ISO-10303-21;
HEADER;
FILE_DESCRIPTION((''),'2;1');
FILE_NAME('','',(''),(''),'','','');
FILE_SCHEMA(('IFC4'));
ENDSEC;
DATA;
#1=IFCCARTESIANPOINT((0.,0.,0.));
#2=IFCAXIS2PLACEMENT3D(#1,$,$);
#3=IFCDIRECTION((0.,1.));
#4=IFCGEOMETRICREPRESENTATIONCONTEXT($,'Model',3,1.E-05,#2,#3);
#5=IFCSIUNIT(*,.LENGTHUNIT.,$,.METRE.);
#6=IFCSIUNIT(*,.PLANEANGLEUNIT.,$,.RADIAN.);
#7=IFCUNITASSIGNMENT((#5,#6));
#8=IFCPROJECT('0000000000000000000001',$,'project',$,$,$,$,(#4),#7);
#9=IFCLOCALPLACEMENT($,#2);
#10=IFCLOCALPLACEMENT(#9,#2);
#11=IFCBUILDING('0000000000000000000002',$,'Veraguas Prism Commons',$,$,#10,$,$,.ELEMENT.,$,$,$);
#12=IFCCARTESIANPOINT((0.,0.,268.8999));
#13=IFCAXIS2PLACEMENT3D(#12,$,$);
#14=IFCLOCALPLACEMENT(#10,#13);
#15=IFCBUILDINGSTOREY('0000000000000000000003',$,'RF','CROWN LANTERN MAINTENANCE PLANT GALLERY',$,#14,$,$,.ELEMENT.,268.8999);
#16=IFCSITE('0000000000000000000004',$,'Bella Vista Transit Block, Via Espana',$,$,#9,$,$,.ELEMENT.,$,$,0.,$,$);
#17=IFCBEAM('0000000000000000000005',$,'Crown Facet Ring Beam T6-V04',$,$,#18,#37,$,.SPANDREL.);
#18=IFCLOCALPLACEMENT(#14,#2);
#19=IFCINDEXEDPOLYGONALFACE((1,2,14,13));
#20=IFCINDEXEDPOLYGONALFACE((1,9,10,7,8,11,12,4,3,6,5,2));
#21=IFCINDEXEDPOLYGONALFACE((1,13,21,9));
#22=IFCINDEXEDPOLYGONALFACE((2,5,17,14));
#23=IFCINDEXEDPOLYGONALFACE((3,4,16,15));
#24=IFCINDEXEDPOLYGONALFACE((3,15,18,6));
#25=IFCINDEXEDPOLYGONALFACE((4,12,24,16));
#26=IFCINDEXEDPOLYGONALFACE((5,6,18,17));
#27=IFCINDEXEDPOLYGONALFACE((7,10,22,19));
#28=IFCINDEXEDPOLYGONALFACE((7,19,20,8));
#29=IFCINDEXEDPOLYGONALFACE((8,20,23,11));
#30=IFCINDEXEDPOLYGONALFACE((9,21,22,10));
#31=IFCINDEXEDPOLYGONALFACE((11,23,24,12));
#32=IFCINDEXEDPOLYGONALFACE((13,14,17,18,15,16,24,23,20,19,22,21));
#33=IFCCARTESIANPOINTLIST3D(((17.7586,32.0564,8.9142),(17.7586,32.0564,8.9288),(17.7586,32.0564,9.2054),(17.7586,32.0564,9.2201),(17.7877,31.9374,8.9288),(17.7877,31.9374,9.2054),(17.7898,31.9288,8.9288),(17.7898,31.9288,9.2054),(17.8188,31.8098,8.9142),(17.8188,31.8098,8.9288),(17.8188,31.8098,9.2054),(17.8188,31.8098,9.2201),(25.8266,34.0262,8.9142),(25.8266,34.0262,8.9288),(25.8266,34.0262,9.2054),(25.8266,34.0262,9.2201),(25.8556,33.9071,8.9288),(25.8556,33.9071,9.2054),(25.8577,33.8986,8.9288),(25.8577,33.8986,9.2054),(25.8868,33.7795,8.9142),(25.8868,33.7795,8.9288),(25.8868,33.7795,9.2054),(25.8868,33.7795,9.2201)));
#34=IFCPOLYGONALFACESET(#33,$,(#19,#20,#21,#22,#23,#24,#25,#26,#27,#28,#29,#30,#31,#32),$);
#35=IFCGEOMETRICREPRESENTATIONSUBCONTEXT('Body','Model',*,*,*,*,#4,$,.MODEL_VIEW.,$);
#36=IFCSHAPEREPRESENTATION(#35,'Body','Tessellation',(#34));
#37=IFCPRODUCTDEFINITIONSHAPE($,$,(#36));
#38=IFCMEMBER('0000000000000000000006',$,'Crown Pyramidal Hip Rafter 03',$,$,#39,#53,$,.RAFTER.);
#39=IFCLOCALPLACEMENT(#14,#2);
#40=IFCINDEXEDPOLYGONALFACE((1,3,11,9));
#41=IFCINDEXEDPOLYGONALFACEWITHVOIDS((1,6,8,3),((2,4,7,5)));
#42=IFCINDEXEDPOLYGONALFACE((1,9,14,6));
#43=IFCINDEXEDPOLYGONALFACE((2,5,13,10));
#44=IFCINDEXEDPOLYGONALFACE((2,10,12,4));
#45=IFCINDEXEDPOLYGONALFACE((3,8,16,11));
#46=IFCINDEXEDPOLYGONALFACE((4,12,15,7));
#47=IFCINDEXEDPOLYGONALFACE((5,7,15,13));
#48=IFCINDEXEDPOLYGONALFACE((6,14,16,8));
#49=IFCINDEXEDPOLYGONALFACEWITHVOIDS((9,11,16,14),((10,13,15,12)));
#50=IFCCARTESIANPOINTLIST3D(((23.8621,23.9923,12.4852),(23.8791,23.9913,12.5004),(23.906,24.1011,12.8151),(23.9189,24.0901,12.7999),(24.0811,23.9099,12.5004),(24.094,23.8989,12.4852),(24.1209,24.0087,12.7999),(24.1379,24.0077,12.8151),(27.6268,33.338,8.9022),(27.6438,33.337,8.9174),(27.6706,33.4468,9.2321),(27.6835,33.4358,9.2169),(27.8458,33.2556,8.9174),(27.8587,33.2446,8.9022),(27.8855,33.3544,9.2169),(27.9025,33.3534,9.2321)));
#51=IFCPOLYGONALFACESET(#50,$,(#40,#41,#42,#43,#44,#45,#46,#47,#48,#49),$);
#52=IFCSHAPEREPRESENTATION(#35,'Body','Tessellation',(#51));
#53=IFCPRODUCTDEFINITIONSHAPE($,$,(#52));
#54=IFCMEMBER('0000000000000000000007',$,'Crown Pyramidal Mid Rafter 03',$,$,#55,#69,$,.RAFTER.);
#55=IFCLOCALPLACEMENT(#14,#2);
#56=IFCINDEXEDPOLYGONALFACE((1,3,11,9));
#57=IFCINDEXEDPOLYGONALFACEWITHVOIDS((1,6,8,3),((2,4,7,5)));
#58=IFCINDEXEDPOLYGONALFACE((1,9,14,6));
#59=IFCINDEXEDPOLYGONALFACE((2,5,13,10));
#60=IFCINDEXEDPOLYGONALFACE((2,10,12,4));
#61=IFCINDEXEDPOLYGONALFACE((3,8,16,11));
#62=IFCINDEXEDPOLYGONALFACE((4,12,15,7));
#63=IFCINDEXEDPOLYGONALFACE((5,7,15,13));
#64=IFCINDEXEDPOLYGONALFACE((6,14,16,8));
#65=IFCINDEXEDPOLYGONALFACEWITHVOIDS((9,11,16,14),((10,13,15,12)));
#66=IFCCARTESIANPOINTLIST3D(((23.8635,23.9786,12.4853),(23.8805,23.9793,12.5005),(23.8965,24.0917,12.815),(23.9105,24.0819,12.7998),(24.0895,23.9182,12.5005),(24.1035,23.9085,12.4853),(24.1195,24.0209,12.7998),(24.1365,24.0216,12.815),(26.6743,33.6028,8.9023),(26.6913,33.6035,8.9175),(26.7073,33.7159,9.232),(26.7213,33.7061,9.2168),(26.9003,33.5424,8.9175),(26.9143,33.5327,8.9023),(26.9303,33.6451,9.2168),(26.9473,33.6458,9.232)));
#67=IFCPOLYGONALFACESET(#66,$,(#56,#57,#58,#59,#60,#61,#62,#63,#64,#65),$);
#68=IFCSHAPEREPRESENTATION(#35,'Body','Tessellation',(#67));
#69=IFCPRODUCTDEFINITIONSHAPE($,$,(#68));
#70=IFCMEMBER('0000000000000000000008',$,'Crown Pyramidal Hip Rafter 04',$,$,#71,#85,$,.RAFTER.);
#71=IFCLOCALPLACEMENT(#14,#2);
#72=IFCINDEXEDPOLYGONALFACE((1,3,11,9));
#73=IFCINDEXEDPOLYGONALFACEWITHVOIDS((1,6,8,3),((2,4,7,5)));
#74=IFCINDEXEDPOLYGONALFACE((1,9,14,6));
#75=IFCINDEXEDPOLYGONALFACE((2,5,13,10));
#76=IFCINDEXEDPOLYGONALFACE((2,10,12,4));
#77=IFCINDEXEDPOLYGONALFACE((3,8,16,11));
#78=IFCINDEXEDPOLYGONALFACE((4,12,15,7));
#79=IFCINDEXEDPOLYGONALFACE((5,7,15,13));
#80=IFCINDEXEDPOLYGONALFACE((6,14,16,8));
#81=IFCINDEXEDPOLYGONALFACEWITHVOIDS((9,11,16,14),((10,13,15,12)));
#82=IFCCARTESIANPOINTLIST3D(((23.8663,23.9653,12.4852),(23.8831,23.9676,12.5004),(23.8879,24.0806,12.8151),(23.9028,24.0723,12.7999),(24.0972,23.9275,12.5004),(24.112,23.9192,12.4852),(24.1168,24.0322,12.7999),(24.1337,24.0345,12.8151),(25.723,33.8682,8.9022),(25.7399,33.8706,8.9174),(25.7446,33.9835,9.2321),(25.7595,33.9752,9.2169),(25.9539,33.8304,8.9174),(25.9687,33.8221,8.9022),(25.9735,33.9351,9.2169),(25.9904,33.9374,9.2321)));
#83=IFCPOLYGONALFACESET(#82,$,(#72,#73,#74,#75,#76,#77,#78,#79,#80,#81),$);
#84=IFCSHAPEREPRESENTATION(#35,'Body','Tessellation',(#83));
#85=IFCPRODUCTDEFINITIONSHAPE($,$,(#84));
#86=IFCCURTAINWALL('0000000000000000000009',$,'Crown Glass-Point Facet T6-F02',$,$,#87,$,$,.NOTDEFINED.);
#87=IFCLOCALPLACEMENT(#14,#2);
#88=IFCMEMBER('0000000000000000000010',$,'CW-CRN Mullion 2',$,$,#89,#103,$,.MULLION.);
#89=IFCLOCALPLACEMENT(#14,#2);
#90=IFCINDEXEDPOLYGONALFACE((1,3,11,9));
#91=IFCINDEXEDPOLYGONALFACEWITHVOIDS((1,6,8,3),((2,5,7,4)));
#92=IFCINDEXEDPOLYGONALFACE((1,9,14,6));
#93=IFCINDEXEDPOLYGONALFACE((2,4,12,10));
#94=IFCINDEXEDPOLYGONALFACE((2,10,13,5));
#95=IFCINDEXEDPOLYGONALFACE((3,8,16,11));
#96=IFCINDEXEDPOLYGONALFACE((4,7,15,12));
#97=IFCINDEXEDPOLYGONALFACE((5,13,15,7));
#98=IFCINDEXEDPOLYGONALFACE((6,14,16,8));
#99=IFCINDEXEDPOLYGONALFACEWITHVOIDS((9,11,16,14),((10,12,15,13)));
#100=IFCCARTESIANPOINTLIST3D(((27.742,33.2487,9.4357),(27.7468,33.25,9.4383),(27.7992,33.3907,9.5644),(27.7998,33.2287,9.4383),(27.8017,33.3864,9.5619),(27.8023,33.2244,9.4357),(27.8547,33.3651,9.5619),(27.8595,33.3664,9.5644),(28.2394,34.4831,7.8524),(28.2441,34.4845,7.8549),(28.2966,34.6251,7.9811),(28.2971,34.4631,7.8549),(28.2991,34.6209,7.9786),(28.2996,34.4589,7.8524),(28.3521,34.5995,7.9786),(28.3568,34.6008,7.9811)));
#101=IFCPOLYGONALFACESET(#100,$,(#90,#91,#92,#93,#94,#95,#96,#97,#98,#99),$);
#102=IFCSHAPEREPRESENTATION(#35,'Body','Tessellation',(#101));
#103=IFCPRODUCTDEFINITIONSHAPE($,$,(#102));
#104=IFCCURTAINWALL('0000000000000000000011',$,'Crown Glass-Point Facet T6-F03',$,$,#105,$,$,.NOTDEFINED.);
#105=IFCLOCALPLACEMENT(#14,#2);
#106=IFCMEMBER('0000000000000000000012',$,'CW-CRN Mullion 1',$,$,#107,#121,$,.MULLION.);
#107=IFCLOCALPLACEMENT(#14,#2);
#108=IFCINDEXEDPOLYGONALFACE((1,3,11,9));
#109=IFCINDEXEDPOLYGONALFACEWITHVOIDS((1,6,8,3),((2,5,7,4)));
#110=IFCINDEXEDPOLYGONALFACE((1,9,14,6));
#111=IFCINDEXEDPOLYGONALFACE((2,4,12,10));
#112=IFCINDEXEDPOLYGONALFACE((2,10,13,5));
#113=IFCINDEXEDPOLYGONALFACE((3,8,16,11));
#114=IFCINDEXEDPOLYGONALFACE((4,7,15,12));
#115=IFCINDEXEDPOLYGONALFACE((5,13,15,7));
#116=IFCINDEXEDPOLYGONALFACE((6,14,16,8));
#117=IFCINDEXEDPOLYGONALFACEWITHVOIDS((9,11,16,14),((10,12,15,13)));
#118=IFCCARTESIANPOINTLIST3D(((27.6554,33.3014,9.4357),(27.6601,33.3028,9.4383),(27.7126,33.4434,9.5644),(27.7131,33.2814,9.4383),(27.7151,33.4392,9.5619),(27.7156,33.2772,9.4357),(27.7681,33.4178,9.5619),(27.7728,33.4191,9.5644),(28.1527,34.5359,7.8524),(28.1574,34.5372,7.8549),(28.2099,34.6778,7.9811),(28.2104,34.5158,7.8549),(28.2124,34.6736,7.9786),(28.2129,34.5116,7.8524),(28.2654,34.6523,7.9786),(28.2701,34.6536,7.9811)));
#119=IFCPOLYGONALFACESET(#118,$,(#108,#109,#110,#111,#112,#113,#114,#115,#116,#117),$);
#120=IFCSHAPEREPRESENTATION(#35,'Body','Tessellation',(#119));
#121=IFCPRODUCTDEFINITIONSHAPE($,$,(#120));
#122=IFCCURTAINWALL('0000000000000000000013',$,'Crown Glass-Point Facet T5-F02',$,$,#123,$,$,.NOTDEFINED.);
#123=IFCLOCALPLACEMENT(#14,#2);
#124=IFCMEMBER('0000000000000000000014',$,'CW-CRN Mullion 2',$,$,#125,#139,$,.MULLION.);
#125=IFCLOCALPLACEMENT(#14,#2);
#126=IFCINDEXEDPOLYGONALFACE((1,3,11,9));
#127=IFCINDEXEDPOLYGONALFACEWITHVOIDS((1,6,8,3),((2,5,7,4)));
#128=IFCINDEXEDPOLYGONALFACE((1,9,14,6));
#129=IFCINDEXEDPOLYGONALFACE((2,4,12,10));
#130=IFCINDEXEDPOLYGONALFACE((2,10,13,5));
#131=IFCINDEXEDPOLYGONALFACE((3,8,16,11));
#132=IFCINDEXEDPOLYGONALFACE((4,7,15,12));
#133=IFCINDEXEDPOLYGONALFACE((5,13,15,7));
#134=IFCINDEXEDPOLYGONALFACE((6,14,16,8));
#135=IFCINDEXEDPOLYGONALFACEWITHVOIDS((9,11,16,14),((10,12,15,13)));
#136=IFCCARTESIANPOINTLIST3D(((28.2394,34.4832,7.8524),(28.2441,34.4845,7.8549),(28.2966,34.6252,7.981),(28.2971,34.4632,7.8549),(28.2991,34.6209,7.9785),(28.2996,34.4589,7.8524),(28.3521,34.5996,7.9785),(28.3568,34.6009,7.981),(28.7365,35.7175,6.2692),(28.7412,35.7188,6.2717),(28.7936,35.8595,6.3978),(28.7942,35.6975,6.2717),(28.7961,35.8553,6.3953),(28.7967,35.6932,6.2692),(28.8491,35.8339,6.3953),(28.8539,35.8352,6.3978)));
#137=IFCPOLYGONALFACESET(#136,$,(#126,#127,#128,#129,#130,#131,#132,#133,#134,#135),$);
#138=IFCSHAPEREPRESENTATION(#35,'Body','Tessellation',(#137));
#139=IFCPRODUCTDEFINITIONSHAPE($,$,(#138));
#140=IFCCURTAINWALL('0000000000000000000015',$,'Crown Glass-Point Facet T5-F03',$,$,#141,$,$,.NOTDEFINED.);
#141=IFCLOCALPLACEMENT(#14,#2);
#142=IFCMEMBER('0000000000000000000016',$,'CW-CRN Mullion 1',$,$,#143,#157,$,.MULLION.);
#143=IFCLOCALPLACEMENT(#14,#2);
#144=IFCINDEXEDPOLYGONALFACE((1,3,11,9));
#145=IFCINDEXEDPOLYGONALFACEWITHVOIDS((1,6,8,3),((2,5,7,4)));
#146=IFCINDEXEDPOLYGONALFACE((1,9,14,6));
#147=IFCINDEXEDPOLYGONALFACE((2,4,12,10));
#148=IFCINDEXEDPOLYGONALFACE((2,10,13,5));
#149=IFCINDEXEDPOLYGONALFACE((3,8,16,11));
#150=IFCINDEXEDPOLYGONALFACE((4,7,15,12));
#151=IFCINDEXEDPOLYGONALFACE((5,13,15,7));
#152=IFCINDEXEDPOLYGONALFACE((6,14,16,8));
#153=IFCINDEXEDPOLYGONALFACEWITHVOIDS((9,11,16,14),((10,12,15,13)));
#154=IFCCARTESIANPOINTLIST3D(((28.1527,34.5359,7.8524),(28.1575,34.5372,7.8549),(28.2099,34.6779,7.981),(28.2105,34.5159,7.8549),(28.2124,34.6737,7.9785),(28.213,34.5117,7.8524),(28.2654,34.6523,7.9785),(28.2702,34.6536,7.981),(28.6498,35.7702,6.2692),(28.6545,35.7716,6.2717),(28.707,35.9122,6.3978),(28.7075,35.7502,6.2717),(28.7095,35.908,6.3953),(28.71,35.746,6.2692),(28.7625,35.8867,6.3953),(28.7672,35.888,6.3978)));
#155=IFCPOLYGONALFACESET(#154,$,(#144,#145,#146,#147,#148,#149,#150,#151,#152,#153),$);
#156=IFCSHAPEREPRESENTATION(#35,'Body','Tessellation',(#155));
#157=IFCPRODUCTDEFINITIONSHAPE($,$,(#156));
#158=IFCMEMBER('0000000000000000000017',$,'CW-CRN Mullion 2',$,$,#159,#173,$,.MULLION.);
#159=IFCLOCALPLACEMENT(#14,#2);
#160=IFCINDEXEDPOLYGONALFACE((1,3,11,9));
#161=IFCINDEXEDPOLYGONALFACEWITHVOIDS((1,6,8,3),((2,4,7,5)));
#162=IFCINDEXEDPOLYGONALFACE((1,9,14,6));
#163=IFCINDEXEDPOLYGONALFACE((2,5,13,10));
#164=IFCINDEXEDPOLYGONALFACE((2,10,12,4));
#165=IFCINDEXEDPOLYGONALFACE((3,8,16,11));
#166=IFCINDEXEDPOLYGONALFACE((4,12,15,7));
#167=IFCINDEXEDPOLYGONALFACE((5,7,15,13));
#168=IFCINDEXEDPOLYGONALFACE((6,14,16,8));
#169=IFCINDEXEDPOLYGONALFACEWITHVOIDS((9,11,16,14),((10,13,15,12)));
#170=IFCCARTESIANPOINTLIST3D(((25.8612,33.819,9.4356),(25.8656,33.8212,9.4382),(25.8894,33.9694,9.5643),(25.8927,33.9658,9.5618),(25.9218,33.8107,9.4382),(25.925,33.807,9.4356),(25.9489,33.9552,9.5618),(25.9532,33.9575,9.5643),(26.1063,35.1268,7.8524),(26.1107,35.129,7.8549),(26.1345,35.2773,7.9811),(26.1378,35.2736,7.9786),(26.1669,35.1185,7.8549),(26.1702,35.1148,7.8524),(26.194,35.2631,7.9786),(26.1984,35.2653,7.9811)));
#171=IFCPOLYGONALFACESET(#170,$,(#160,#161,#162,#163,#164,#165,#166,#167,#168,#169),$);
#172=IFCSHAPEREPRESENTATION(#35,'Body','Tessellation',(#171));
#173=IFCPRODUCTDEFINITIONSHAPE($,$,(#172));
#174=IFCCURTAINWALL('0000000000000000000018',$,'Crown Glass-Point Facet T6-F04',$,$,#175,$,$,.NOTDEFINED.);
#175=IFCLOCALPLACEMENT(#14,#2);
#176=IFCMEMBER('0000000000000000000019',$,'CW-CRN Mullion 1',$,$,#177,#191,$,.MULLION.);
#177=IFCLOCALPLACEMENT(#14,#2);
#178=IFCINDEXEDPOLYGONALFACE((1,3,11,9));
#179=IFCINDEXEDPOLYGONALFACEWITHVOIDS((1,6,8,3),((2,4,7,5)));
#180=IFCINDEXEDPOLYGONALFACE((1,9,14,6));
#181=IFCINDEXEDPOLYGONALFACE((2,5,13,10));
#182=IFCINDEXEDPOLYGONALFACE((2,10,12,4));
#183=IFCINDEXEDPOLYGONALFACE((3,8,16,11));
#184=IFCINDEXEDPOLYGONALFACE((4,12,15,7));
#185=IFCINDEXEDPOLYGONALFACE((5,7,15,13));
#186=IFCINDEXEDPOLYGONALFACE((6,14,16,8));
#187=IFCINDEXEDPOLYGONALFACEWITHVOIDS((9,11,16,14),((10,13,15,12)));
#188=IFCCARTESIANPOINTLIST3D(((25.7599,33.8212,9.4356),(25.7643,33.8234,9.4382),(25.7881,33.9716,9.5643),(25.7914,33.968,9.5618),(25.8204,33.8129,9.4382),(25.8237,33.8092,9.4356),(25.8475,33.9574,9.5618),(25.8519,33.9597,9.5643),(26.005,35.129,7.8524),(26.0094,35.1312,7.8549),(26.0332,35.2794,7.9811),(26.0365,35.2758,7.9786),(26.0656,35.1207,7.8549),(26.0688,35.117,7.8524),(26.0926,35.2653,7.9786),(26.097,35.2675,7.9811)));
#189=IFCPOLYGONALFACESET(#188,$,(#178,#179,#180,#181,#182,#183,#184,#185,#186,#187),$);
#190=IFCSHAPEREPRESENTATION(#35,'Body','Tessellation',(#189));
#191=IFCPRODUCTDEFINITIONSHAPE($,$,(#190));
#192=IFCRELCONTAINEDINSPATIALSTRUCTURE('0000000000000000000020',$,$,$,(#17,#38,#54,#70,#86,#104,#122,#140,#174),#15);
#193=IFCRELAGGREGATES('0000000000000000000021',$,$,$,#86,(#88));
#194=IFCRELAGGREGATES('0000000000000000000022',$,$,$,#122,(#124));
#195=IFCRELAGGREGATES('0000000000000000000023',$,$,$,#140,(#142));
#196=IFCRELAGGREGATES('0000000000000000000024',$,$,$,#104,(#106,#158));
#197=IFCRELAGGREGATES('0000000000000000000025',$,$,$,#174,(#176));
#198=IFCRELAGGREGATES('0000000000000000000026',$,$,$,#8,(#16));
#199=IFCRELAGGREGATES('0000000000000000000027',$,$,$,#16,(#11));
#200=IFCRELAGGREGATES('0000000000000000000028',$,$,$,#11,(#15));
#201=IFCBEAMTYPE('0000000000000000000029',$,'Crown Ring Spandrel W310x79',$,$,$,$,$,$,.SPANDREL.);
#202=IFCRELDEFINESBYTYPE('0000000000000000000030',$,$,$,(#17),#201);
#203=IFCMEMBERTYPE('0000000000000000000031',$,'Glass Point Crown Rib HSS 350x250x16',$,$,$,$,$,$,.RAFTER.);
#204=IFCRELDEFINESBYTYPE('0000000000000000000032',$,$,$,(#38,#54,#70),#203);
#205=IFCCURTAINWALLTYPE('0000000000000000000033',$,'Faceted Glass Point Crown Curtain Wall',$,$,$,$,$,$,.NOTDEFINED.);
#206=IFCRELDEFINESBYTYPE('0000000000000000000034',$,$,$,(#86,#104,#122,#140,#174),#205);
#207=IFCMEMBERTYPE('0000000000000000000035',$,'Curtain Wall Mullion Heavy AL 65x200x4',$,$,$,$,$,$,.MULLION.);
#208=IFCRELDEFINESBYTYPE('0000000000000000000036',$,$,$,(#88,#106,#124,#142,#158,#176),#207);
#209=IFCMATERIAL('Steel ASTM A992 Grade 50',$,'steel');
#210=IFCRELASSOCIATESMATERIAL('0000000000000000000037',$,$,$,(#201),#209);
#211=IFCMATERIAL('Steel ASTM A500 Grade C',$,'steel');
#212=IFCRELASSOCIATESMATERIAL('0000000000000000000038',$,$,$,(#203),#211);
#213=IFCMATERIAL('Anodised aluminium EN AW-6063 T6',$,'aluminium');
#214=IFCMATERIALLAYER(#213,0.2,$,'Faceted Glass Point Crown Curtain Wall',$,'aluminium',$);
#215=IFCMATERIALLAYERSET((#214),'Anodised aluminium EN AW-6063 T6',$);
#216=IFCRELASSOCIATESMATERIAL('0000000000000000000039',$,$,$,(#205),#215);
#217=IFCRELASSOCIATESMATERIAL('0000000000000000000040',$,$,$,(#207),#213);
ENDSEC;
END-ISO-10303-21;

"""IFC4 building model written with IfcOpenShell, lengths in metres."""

from ifc_helpers import new_model, si_unit, direction, frame, origin, origin_2d, place, context, subcontext, project, spatial, hollow_rectangle, i_section, extrude, source, transform, mapped, material, layer, layer_set, material_profile, profile_set, type_object, element, aggregate, save


model = new_model("IFC4")

# Units and contexts
model_context = context("Model", 3, precision=1e-05, world=origin(), true_north=direction((0.0, 1.0)))
body_context = subcontext(model_context, "Body", "Model", "MODEL_VIEW")
ifc_project = project(units=[si_unit("LENGTHUNIT", "METRE"), si_unit("PLANEANGLEUNIT", "RADIAN")], contexts=[model_context])

# Site, building, storey
site_placement = place(None, origin())
site = spatial("IfcSite", under=ifc_project, at=site_placement, Name="Bella Vista Transit Block, Via Espana", CompositionType="ELEMENT", RefElevation=0.0)
building_placement = place(site_placement, origin())
building = spatial("IfcBuilding", under=site, at=building_placement, Name="Veraguas Prism Commons", CompositionType="ELEMENT")
storey_placement = place(building_placement, frame((0.0, 0.0, 268.8999)))
storey = spatial("IfcBuildingStorey", under=building, at=storey_placement, Name="RF", Description="CROWN LANTERN MAINTENANCE PLANT GALLERY", CompositionType="ELEMENT", Elevation=268.8999)

# Shared definitions
ifc_material_1 = material(Name="Steel ASTM A500 Grade C", Category="steel")

# Beam
ifc_material_2 = material(Name="Steel ASTM A992 Grade 50", Category="steel")
ifc_material_profile_1 = material_profile(ifc_material_2, i_section(OverallWidth=0.2539, OverallDepth=0.3059, WebThickness=0.0088, FlangeThickness=0.0146, at=origin_2d()), Name="W310X79")
ifc_profile_set_1 = profile_set([ifc_material_profile_1], Name="Steel ASTM A992 Grade 50")
beam_type = type_object("IfcBeamType", Name="Crown Ring Spandrel W310x79", PredefinedType="SPANDREL", material=ifc_profile_set_1)
beam_1_placement = place(storey_placement, frame((25.8567, 33.9028, 9.0671), z_axis=(-0.971466, -0.237178, 0.0), x_axis=(0.237178, -0.971466, 0.0)))
element("IfcBeam", 1, at=beam_1_placement, inside=storey, type_object=beam_type, Name="Crown Facet Ring Beam T6-V04", PredefinedType="SPANDREL", context=body_context, shape_type="SweptSolid", body=[
    extrude(i_section(OverallWidth=0.2539, OverallDepth=0.3059, WebThickness=0.0088, FlangeThickness=0.0146, at=origin_2d()), origin(), (0.0, 0.0, 1.0), 8.3049),
])

# Members
ifc_material_profile_2 = material_profile(ifc_material_1, hollow_rectangle(XDim=0.25, YDim=0.3501, WallThickness=0.0161, at=origin_2d()), Name="HSS350X250X16")
ifc_profile_set_2 = profile_set([ifc_material_profile_2], Name="Steel ASTM A500 Grade C")
member_type_1 = type_object("IfcMemberType", Name="Glass Point Crown Rib HSS 350x250x16", PredefinedType="RAFTER", material=ifc_profile_set_2)
member_1_placement = place(storey_placement, frame((27.7646, 33.3457, 9.0671), z_axis=(-0.352047, -0.873954, 0.335062), x_axis=(0.927572, -0.373646, 0.0)))
element("IfcMember", 2, at=member_1_placement, inside=storey, type_object=member_type_1, Name="Crown Pyramidal Hip Rafter 03", PredefinedType="RAFTER", context=body_context, shape_type="SweptSolid", body=[
    extrude(hollow_rectangle(XDim=0.25, YDim=0.3501, WallThickness=0.0161, at=origin_2d()), origin(), (0.0, 0.0, 1.0), 10.6936),
])
member_2_placement = place(storey_placement, frame((26.8108, 33.6243, 9.0671), z_axis=(-0.263991, -0.903916, 0.336518), x_axis=(0.9599, -0.280341, 0.0)))
element("IfcMember", 3, at=member_2_placement, inside=storey, type_object=member_type_1, Name="Crown Pyramidal Mid Rafter 03", PredefinedType="RAFTER", context=body_context, shape_type="SweptSolid", body=[
    extrude(hollow_rectangle(XDim=0.25, YDim=0.3501, WallThickness=0.0161, at=origin_2d()), origin(), (0.0, 0.0, 1.0), 10.6472),
])
member_3_placement = place(storey_placement, frame((25.8567, 33.9028, 9.0671), z_axis=(-0.173628, -0.926059, 0.335064), x_axis=(0.982874, -0.18428, 0.0)))
element("IfcMember", 4, at=member_3_placement, inside=storey, type_object=member_type_1, Name="Crown Pyramidal Hip Rafter 04", PredefinedType="RAFTER", context=body_context, shape_type="SweptSolid", body=[
    extrude(hollow_rectangle(XDim=0.25, YDim=0.3501, WallThickness=0.0161, at=origin_2d()), origin(), (0.0, 0.0, 1.0), 10.6936),
])

# Curtain walls, members
ifc_material_3 = material(Name="Anodised aluminium EN AW-6063 T6", Category="aluminium")
ifc_layer_1 = layer(ifc_material_3, 0.2, Name="Faceted Glass Point Crown Curtain Wall", Category="aluminium")
ifc_layer_set_1 = layer_set([ifc_layer_1], Name="Anodised aluminium EN AW-6063 T6")
curtain_wall_type = type_object("IfcCurtainWallType", Name="Faceted Glass Point Crown Curtain Wall", PredefinedType="NOTDEFINED", material=ifc_layer_set_1)
curtain_wall_1_placement = place(storey_placement, origin())
curtain_wall_1 = element("IfcCurtainWall", 5, at=curtain_wall_1_placement, inside=storey, type_object=curtain_wall_type, Name="Crown Glass-Point Facet T6-F02", PredefinedType="NOTDEFINED")
ifc_material_profile_3 = material_profile(ifc_material_3, hollow_rectangle(XDim=0.0649, YDim=0.2, WallThickness=0.0039, at=origin_2d()), Name="AL65X200X4")
ifc_profile_set_3 = profile_set([ifc_material_profile_3], Name="Anodised aluminium EN AW-6063 T6")
member_type_2 = type_object("IfcMemberType", Name="Curtain Wall Mullion Heavy AL 65x200x4", PredefinedType="MULLION", material=ifc_profile_set_3)
shared_shape_1 = source(origin(), body_context, "Body", "SweptSolid", [
    extrude(hollow_rectangle(XDim=0.0649, YDim=0.2, WallThickness=0.0039, at=origin_2d()), origin(), (0.0, 0.0, 1.0), 2.0684),
])
member_4_placement = place(storey_placement, frame((28.2981, 34.542, 7.9167), z_axis=(-0.240451, -0.596819, 0.7655), x_axis=(0.92755, -0.373699, 0.0)))
member_4 = element("IfcMember", 6, at=member_4_placement, type_object=member_type_2, Name="CW-CRN Mullion 2", PredefinedType="MULLION", context=body_context, shape_type="MappedRepresentation", body=[
    mapped(shared_shape_1, transform((0.0, 0.0, 0.0), scale=1.0)),
])
aggregate(curtain_wall_1, [member_4])
curtain_wall_2_placement = place(storey_placement, origin())
curtain_wall_2 = element("IfcCurtainWall", 7, at=curtain_wall_2_placement, inside=storey, type_object=curtain_wall_type, Name="Crown Glass-Point Facet T6-F03", PredefinedType="NOTDEFINED")
member_5_placement = place(storey_placement, frame((28.2114, 34.5947, 7.9167), z_axis=(-0.240451, -0.596819, 0.7655), x_axis=(0.92755, -0.373699, 0.0)))
member_5 = element("IfcMember", 8, at=member_5_placement, type_object=member_type_2, Name="CW-CRN Mullion 1", PredefinedType="MULLION", context=body_context, shape_type="MappedRepresentation", body=[
    mapped(shared_shape_1, transform((0.0, 0.0, 0.0), scale=1.0)),
])
curtain_wall_3_placement = place(storey_placement, origin())
curtain_wall_3 = element("IfcCurtainWall", 9, at=curtain_wall_3_placement, inside=storey, type_object=curtain_wall_type, Name="Crown Glass-Point Facet T5-F02", PredefinedType="NOTDEFINED")
shared_shape_2 = source(origin(), body_context, "Body", "SweptSolid", [
    extrude(hollow_rectangle(XDim=0.0649, YDim=0.2, WallThickness=0.0039, at=origin_2d()), origin(), (0.0, 0.0, 1.0), 2.0681),
])
member_6_placement = place(storey_placement, frame((28.7952, 35.7764, 6.3335), z_axis=(-0.24034, -0.596836, 0.765522), x_axis=(0.927614, -0.373541, 0.0)))
member_6 = element("IfcMember", 10, at=member_6_placement, type_object=member_type_2, Name="CW-CRN Mullion 2", PredefinedType="MULLION", context=body_context, shape_type="MappedRepresentation", body=[
    mapped(shared_shape_2, transform((0.0, 0.0, 0.0), scale=1.0)),
])
aggregate(curtain_wall_3, [member_6])
curtain_wall_4_placement = place(storey_placement, origin())
curtain_wall_4 = element("IfcCurtainWall", 11, at=curtain_wall_4_placement, inside=storey, type_object=curtain_wall_type, Name="Crown Glass-Point Facet T5-F03", PredefinedType="NOTDEFINED")
member_7_placement = place(storey_placement, frame((28.7085, 35.8291, 6.3335), z_axis=(-0.24034, -0.596836, 0.765522), x_axis=(0.927614, -0.373541, 0.0)))
member_7 = element("IfcMember", 12, at=member_7_placement, type_object=member_type_2, Name="CW-CRN Mullion 1", PredefinedType="MULLION", context=body_context, shape_type="MappedRepresentation", body=[
    mapped(shared_shape_2, transform((0.0, 0.0, 0.0), scale=1.0)),
])

# Member
member_8_placement = place(storey_placement, frame((26.1523, 35.196, 7.9167), z_axis=(-0.11852, -0.63238, 0.765538), x_axis=(0.982887, -0.184211, 0.0)))
member_8 = element("IfcMember", 13, at=member_8_placement, type_object=member_type_2, Name="CW-CRN Mullion 2", PredefinedType="MULLION", context=body_context, shape_type="MappedRepresentation", body=[
    mapped(shared_shape_2, transform((0.0, 0.0, 0.0), scale=1.0)),
])

# Curtain wall, member
curtain_wall_5_placement = place(storey_placement, origin())
curtain_wall_5 = element("IfcCurtainWall", 14, at=curtain_wall_5_placement, inside=storey, type_object=curtain_wall_type, Name="Crown Glass-Point Facet T6-F04", PredefinedType="NOTDEFINED")
member_9_placement = place(storey_placement, frame((26.051, 35.1982, 7.9167), z_axis=(-0.11852, -0.63238, 0.765538), x_axis=(0.982887, -0.184211, 0.0)))
member_9 = element("IfcMember", 15, at=member_9_placement, type_object=member_type_2, Name="CW-CRN Mullion 1", PredefinedType="MULLION", context=body_context, shape_type="MappedRepresentation", body=[
    mapped(shared_shape_2, transform((0.0, 0.0, 0.0), scale=1.0)),
])

aggregate(curtain_wall_4, [member_7])
aggregate(curtain_wall_2, [member_5, member_8])
aggregate(curtain_wall_5, [member_9])

save(model, "model.ifc")
